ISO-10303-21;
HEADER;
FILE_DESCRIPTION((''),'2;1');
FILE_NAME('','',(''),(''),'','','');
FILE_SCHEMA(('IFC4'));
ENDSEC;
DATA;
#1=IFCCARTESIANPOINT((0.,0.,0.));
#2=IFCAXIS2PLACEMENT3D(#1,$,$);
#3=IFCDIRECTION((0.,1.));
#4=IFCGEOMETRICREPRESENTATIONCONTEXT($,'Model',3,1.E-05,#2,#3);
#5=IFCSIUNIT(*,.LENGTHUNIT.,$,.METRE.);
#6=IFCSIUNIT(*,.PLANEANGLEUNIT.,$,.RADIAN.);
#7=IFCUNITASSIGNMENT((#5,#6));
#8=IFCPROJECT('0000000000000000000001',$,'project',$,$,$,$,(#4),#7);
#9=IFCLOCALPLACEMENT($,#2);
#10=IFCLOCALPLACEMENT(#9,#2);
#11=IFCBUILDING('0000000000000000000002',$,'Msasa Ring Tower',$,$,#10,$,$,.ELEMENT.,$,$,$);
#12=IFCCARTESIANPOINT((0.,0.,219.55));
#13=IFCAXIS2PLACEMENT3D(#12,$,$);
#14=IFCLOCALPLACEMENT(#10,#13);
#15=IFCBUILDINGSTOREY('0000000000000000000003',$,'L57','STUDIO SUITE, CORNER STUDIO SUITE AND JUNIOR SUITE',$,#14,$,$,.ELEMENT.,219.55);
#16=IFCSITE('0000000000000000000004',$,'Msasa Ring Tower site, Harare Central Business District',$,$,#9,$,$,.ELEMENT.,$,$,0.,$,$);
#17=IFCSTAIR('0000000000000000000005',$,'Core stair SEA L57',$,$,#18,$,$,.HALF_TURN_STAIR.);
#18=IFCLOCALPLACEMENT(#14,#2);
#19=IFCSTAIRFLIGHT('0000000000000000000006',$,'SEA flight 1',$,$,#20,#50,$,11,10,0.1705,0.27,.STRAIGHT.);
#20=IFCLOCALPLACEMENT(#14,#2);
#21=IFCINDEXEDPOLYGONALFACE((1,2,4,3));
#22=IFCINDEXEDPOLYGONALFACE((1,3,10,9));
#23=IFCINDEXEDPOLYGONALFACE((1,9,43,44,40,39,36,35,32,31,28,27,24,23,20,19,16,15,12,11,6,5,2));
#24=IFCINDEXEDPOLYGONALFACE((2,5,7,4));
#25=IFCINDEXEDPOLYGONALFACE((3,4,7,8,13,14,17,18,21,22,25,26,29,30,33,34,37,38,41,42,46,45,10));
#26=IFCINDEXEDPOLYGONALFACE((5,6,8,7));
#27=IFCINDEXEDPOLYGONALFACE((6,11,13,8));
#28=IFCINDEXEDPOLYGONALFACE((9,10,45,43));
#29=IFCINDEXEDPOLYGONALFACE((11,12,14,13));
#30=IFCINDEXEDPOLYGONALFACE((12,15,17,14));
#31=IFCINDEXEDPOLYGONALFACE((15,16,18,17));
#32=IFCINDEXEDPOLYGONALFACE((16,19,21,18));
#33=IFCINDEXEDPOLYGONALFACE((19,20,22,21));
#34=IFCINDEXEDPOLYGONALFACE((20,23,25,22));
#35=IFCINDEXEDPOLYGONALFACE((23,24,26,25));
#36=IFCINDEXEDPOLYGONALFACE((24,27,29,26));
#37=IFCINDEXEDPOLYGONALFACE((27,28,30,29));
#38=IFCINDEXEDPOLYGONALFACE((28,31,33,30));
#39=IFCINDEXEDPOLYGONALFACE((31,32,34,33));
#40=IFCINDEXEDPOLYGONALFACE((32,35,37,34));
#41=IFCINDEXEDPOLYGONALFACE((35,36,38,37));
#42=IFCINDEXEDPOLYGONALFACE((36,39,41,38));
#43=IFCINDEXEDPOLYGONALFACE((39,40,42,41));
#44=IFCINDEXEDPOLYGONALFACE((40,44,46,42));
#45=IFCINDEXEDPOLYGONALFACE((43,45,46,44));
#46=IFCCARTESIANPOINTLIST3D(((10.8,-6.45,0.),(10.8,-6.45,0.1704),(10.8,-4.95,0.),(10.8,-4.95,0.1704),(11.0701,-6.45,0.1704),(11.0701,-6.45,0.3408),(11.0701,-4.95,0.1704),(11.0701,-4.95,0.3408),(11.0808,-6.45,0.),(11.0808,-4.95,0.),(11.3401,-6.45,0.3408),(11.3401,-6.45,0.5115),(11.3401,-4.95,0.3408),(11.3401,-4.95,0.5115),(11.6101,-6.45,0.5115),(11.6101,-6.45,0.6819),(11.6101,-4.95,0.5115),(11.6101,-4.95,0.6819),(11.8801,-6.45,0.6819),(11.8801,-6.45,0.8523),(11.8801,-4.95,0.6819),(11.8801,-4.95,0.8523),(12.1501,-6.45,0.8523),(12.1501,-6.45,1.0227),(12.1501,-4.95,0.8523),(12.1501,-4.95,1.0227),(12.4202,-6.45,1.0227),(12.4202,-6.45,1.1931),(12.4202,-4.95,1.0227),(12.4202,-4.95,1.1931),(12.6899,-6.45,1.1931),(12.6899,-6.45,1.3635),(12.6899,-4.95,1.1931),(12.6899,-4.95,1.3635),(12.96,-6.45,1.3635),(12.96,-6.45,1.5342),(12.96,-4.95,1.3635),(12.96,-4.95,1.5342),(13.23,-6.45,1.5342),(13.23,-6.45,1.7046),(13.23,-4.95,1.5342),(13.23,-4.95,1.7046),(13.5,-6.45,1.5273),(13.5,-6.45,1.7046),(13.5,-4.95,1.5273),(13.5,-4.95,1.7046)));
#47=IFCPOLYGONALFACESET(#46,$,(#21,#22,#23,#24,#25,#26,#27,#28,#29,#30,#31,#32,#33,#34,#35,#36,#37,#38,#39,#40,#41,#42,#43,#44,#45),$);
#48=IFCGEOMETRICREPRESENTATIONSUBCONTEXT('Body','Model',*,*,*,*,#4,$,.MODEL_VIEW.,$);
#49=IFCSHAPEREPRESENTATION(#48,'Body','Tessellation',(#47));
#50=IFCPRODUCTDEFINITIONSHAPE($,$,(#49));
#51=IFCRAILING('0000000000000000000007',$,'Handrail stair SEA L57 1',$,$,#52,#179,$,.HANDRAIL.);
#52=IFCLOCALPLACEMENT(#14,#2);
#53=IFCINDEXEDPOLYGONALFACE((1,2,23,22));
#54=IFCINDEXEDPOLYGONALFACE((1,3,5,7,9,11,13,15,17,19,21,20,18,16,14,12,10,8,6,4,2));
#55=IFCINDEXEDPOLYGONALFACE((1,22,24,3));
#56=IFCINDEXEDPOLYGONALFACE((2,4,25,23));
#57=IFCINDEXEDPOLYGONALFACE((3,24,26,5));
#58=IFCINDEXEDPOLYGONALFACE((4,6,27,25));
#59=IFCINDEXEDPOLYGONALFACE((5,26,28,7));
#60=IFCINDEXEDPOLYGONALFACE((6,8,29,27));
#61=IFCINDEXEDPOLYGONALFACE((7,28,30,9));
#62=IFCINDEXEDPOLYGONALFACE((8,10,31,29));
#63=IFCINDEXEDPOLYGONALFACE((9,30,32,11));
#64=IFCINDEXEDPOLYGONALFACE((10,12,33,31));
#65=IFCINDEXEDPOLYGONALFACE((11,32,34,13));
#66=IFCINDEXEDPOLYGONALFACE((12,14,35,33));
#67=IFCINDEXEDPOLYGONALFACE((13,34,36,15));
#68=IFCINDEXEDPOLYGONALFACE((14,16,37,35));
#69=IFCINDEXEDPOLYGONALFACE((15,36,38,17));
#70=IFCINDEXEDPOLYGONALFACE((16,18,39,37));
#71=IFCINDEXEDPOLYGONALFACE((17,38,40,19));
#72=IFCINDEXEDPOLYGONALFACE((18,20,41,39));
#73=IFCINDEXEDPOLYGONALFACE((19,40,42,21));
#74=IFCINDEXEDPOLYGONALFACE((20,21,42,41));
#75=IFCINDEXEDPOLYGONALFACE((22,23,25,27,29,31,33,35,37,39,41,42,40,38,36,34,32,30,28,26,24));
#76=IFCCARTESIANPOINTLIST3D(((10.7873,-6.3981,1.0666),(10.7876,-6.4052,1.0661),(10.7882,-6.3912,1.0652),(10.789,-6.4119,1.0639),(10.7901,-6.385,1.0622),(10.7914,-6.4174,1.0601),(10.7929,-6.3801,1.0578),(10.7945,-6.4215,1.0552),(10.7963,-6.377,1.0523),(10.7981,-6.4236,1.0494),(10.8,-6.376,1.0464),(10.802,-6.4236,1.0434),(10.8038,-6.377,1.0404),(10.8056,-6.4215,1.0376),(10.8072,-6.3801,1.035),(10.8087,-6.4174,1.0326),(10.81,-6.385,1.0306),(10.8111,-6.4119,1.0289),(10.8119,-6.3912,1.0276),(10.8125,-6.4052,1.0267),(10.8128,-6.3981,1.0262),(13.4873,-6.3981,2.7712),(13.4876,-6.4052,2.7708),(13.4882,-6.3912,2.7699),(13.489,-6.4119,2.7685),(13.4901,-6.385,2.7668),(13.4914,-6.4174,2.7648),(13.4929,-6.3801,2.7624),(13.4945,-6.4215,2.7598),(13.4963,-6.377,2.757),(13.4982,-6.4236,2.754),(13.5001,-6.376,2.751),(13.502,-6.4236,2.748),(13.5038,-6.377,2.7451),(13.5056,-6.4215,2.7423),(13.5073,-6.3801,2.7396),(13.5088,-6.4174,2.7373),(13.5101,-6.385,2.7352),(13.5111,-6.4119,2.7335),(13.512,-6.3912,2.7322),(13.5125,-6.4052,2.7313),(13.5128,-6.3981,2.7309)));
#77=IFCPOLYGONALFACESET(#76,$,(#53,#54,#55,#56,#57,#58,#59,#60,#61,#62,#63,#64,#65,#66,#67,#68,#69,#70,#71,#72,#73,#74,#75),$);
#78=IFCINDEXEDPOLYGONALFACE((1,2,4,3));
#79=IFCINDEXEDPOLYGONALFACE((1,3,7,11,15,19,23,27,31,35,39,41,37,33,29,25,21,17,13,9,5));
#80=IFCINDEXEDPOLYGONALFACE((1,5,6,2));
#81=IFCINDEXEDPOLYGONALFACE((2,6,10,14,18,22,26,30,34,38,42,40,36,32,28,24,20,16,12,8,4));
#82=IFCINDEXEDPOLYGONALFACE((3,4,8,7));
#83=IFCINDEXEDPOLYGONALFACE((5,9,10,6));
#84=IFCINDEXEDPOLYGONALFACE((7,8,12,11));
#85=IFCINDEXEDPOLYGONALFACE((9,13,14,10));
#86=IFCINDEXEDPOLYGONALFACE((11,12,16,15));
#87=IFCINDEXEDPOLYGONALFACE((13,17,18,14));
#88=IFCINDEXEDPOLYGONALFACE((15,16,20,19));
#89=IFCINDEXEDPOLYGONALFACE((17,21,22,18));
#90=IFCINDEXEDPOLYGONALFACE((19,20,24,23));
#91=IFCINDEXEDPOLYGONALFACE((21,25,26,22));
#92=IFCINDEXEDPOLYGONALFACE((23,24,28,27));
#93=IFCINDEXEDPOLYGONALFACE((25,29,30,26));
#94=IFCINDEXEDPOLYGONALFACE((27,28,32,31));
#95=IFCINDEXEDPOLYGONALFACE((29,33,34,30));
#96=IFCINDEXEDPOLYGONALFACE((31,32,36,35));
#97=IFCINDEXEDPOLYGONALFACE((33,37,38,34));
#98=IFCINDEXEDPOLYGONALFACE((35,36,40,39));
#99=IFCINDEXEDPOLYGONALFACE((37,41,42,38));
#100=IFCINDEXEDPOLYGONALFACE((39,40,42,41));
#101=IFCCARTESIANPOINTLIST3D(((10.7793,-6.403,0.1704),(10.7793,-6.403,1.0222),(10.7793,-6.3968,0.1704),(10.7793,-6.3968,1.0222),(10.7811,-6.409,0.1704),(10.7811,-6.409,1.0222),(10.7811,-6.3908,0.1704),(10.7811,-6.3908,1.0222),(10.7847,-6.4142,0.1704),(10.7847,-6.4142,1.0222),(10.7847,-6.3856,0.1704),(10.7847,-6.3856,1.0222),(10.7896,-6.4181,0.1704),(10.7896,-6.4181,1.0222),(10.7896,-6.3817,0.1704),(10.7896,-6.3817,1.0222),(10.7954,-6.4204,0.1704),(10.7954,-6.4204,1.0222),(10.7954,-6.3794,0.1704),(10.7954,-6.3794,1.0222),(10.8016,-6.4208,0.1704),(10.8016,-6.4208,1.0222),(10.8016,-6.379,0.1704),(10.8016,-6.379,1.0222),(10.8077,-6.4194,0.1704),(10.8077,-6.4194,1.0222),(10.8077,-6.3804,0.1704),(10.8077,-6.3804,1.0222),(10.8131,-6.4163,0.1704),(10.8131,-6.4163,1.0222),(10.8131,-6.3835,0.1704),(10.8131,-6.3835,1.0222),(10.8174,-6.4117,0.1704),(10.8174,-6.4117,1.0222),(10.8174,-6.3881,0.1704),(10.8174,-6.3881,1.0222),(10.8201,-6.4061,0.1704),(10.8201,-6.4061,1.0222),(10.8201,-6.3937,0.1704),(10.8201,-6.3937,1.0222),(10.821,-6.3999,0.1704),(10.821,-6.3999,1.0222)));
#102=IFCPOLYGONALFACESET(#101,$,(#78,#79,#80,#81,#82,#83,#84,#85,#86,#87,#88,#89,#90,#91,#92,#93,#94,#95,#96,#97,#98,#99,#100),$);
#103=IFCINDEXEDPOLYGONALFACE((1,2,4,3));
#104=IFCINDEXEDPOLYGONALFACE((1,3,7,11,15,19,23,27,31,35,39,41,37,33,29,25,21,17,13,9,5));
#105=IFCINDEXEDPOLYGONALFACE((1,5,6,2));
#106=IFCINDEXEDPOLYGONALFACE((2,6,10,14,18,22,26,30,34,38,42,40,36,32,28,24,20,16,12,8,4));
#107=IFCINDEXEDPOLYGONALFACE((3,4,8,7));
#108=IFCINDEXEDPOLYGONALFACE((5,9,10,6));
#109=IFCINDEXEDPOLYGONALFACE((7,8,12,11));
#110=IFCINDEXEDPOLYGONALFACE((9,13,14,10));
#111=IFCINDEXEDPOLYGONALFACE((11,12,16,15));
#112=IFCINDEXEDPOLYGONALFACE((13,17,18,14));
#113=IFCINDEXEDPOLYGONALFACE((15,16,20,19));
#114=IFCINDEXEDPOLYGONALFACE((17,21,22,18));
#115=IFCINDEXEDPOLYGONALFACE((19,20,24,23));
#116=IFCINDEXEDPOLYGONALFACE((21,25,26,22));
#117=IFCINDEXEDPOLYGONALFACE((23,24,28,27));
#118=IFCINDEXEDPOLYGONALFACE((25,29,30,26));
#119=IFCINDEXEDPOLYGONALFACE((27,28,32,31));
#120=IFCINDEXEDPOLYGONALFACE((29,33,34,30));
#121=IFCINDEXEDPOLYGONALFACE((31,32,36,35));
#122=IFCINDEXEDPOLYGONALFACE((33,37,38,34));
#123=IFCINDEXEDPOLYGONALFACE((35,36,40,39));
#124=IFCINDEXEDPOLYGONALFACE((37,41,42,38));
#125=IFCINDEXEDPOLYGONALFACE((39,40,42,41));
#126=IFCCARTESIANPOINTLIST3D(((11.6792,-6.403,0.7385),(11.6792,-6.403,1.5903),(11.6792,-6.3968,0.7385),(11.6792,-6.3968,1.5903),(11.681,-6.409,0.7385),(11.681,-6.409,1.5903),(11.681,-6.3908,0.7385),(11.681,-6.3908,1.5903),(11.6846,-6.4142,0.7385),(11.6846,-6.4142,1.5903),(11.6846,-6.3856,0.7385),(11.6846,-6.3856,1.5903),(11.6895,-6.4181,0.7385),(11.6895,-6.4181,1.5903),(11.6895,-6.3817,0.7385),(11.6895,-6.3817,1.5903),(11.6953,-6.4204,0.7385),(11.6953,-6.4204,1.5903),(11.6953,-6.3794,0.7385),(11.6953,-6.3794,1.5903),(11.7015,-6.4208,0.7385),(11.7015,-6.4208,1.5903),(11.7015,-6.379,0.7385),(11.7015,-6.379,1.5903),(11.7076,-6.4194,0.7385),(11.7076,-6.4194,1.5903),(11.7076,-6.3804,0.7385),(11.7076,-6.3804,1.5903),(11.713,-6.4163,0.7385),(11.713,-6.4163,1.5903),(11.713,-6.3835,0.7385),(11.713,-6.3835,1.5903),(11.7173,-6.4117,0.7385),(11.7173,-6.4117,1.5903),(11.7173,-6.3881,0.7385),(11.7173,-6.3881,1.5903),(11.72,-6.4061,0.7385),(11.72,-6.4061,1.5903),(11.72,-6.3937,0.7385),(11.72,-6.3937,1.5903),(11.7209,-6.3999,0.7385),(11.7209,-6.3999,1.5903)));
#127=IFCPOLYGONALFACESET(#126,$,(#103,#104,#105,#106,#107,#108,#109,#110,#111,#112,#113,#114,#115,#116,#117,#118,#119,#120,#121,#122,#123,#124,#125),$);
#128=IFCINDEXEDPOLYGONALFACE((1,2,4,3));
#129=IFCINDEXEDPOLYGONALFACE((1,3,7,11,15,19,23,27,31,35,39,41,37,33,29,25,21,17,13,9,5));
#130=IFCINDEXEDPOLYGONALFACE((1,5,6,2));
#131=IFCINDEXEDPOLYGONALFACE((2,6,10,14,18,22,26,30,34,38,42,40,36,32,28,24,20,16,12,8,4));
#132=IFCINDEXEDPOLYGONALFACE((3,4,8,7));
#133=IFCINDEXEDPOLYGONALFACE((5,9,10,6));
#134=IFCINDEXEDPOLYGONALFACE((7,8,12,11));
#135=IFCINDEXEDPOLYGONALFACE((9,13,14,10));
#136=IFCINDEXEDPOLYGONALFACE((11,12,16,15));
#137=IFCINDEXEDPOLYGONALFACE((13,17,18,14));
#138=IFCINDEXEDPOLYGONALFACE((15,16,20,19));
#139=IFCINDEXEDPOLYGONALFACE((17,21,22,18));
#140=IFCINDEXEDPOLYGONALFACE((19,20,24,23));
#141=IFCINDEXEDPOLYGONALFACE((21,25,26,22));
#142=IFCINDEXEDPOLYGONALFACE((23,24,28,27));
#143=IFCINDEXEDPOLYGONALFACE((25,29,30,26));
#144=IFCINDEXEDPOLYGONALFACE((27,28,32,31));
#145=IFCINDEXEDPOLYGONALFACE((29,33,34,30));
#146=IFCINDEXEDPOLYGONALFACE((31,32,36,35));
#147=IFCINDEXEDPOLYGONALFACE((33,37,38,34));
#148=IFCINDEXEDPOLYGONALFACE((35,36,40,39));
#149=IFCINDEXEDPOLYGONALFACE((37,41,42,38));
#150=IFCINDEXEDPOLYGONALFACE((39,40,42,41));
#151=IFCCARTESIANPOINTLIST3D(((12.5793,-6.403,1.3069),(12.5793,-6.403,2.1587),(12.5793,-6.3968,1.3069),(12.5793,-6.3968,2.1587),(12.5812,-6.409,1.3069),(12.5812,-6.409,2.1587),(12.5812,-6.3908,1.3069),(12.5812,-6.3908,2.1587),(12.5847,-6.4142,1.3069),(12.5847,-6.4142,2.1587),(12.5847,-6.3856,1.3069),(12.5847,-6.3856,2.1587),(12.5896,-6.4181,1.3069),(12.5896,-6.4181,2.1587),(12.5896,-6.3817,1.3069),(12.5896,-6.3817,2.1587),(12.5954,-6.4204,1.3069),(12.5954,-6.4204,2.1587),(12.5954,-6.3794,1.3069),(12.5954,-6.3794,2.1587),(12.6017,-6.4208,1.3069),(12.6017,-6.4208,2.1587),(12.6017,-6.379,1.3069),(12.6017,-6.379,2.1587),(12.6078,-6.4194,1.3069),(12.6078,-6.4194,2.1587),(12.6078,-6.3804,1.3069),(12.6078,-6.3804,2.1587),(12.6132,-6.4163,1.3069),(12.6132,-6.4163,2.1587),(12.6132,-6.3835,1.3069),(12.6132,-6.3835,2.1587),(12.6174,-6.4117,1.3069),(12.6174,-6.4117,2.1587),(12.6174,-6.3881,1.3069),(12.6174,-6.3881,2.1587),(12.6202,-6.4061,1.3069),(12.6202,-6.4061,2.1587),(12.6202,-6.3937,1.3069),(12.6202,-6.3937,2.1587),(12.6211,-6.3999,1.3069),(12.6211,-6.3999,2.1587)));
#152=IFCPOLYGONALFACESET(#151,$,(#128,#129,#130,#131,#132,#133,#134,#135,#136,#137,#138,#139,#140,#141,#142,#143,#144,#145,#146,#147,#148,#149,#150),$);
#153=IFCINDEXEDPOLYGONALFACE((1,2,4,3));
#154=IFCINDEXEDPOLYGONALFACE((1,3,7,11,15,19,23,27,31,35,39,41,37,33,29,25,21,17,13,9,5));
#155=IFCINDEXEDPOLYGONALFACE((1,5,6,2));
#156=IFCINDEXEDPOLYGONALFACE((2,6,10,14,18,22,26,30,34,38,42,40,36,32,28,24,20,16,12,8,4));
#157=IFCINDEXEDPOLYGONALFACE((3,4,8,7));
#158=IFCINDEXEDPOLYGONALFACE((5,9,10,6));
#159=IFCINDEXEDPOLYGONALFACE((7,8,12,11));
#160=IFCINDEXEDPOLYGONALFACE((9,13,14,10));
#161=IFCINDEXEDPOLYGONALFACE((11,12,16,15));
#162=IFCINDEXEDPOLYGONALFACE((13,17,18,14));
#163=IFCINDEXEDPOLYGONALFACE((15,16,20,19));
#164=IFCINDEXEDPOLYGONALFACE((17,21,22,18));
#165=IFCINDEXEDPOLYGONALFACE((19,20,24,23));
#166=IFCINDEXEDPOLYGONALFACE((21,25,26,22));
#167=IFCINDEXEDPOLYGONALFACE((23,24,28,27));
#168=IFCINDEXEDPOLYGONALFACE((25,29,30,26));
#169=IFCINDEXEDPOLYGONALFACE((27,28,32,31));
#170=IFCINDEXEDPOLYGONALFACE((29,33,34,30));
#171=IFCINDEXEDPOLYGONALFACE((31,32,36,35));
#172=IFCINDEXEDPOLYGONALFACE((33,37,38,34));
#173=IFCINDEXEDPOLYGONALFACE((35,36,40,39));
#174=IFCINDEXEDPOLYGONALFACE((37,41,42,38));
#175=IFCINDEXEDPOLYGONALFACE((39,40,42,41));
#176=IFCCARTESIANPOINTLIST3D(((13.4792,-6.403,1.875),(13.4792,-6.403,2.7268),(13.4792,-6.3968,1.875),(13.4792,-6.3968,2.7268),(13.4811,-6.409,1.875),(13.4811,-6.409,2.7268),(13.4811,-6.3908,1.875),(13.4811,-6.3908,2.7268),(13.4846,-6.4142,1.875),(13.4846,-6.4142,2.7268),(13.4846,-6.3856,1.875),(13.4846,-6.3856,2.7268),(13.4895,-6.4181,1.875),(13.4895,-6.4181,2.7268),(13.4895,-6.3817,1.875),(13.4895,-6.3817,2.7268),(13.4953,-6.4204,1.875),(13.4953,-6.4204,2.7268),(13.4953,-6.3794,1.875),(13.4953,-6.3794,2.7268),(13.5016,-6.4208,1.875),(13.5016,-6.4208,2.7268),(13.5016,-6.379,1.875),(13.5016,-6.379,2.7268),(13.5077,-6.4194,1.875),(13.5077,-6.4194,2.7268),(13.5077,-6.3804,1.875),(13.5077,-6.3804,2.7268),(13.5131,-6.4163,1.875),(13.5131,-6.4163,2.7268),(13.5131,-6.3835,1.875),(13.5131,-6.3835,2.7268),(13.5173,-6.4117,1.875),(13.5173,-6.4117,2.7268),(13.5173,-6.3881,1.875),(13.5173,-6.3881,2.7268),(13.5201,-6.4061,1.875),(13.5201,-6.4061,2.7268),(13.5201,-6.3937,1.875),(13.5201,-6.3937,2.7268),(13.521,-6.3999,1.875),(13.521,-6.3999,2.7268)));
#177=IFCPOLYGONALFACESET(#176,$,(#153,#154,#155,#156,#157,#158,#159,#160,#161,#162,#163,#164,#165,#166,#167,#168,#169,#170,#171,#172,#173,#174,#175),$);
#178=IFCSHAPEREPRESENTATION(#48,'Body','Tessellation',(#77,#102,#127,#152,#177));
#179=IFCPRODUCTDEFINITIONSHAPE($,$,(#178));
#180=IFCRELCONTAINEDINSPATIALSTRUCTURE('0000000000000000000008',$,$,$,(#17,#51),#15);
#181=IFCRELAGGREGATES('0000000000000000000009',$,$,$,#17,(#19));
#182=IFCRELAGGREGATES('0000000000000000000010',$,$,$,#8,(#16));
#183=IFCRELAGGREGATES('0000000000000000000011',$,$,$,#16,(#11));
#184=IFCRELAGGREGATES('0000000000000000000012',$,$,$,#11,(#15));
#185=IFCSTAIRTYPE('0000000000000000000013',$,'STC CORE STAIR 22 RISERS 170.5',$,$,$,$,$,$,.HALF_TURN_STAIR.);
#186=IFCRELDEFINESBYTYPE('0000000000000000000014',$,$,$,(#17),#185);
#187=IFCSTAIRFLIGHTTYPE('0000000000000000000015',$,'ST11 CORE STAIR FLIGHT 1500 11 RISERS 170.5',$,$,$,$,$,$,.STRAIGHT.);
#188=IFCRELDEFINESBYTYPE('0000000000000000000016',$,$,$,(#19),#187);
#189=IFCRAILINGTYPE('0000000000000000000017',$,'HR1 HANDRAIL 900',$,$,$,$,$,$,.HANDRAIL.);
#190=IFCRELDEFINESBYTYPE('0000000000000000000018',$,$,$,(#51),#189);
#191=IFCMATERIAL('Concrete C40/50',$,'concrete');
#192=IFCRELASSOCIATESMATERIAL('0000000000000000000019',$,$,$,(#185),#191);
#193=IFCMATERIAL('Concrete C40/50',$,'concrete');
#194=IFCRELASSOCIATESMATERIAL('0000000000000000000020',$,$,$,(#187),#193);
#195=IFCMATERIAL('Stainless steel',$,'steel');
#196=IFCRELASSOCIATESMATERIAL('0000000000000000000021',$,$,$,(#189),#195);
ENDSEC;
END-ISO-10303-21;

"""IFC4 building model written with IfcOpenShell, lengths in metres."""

from ifc_helpers import new_model, si_unit, direction, frame, origin, origin_2d, place, context, subcontext, project, spatial, polyline, circle, outline, extrude, material, type_object, element, aggregate, save


model = new_model("IFC4")

# Units and contexts
model_context = context("Model", 3, precision=1e-05, world=origin(), true_north=direction((0.0, 1.0)))
body_context = subcontext(model_context, "Body", "Model", "MODEL_VIEW")
ifc_project = project(units=[si_unit("LENGTHUNIT", "METRE"), si_unit("PLANEANGLEUNIT", "RADIAN")], contexts=[model_context])

# Site, building, storey
site_placement = place(None, origin())
site = spatial("IfcSite", under=ifc_project, at=site_placement, Name="Msasa Ring Tower site, Harare Central Business District", CompositionType="ELEMENT", RefElevation=0.0)
building_placement = place(site_placement, origin())
building = spatial("IfcBuilding", under=site, at=building_placement, Name="Msasa Ring Tower", CompositionType="ELEMENT")
storey_placement = place(building_placement, frame((0.0, 0.0, 219.55)))
storey = spatial("IfcBuildingStorey", under=building, at=storey_placement, Name="L57", Description="STUDIO SUITE, CORNER STUDIO SUITE AND JUNIOR SUITE", CompositionType="ELEMENT", Elevation=219.55)

# Stair
ifc_material_1 = material(Name="Concrete C40/50", Category="concrete")
stair_type = type_object("IfcStairType", Name="STC CORE STAIR 22 RISERS 170.5", PredefinedType="HALF_TURN_STAIR", material=ifc_material_1)
stair_1_placement = place(storey_placement, origin())
stair_1 = element("IfcStair", 1, at=stair_1_placement, inside=storey, type_object=stair_type, Name="Core stair SEA L57", PredefinedType="HALF_TURN_STAIR")

# Stair flight
ifc_material_2 = material(Name="Concrete C40/50", Category="concrete")
stair_flight_type = type_object("IfcStairFlightType", Name="ST11 CORE STAIR FLIGHT 1500 11 RISERS 170.5", PredefinedType="STRAIGHT", material=ifc_material_2)
stair_flight_placement = place(storey_placement, frame((10.8, -5.7, 0.0), z_axis=(0.0, 0.0, 1.0), x_axis=(1.0, 0.0, 0.0)))
stair_flight = element("IfcStairFlight", 2, at=stair_flight_placement, type_object=stair_flight_type, Name="SEA flight 1", NumberOfRisers=11, NumberOfTreads=10, PredefinedType="STRAIGHT", RiserHeight=0.1705, TreadLength=0.27, context=body_context, shape_type="SweptSolid", body=[
    extrude(outline(polyline([(0.0, 0.0), (0.0, 0.1704), (0.27, 0.1704), (0.27, 0.3408), (0.54, 0.3408), (0.54, 0.5115), (0.8101, 0.5115), (0.8101, 0.6819), (1.0801, 0.6819), (1.0801, 0.8523), (1.3501, 0.8523), (1.3501, 1.0227), (1.6201, 1.0227), (1.6201, 1.1931), (1.8899, 1.1931), (1.8899, 1.3635), (2.1599, 1.3635), (2.1599, 1.5342), (2.4299, 1.5342), (2.4299, 1.7046), (2.7, 1.7046), (2.7, 1.875), (2.7, 1.5273), (0.2808, 0.0), (0.0, 0.0)])), frame((0.0, 0.75, 0.0), z_axis=(0.0, -1.0, 0.0), x_axis=(1.0, 0.0, 0.0)), (0.0, 0.0, 1.0), 1.5),
])
aggregate(stair_1, [stair_flight])

# Railing
ifc_material_3 = material(Name="Stainless steel", Category="steel")
railing_type = type_object("IfcRailingType", Name="HR1 HANDRAIL 900", PredefinedType="HANDRAIL", material=ifc_material_3)
for number, where, name in (
    (3, (10.8, -6.3999, 0.1704), "Handrail stair SEA L57 1"),
):
    element("IfcRailing", number, at=place(storey_placement, frame(where)), inside=storey, type_object=railing_type, Name=name, PredefinedType="HANDRAIL", context=body_context, shape_type="SweptSolid", body=[
        extrude(circle(Radius=0.0239, at=origin_2d()), frame((0.0, 0.0, 0.876), z_axis=(0.84558, 0.0, 0.533849), x_axis=(0.0, 1.0, 0.0)), (0.0, 0.0, 1.0), 3.1931),
        extrude(circle(Radius=0.021, at=origin_2d()), origin(), (0.0, 0.0, 1.0), 0.8518),
        extrude(circle(Radius=0.021, at=origin_2d()), frame((0.8999, 0.0, 0.5681)), (0.0, 0.0, 1.0), 0.8518),
        extrude(circle(Radius=0.021, at=origin_2d()), frame((1.8, 0.0, 1.1365)), (0.0, 0.0, 1.0), 0.8518),
        extrude(circle(Radius=0.021, at=origin_2d()), frame((2.7, 0.0, 1.7046)), (0.0, 0.0, 1.0), 0.8518),
    ])

save(model, "model.ifc")
